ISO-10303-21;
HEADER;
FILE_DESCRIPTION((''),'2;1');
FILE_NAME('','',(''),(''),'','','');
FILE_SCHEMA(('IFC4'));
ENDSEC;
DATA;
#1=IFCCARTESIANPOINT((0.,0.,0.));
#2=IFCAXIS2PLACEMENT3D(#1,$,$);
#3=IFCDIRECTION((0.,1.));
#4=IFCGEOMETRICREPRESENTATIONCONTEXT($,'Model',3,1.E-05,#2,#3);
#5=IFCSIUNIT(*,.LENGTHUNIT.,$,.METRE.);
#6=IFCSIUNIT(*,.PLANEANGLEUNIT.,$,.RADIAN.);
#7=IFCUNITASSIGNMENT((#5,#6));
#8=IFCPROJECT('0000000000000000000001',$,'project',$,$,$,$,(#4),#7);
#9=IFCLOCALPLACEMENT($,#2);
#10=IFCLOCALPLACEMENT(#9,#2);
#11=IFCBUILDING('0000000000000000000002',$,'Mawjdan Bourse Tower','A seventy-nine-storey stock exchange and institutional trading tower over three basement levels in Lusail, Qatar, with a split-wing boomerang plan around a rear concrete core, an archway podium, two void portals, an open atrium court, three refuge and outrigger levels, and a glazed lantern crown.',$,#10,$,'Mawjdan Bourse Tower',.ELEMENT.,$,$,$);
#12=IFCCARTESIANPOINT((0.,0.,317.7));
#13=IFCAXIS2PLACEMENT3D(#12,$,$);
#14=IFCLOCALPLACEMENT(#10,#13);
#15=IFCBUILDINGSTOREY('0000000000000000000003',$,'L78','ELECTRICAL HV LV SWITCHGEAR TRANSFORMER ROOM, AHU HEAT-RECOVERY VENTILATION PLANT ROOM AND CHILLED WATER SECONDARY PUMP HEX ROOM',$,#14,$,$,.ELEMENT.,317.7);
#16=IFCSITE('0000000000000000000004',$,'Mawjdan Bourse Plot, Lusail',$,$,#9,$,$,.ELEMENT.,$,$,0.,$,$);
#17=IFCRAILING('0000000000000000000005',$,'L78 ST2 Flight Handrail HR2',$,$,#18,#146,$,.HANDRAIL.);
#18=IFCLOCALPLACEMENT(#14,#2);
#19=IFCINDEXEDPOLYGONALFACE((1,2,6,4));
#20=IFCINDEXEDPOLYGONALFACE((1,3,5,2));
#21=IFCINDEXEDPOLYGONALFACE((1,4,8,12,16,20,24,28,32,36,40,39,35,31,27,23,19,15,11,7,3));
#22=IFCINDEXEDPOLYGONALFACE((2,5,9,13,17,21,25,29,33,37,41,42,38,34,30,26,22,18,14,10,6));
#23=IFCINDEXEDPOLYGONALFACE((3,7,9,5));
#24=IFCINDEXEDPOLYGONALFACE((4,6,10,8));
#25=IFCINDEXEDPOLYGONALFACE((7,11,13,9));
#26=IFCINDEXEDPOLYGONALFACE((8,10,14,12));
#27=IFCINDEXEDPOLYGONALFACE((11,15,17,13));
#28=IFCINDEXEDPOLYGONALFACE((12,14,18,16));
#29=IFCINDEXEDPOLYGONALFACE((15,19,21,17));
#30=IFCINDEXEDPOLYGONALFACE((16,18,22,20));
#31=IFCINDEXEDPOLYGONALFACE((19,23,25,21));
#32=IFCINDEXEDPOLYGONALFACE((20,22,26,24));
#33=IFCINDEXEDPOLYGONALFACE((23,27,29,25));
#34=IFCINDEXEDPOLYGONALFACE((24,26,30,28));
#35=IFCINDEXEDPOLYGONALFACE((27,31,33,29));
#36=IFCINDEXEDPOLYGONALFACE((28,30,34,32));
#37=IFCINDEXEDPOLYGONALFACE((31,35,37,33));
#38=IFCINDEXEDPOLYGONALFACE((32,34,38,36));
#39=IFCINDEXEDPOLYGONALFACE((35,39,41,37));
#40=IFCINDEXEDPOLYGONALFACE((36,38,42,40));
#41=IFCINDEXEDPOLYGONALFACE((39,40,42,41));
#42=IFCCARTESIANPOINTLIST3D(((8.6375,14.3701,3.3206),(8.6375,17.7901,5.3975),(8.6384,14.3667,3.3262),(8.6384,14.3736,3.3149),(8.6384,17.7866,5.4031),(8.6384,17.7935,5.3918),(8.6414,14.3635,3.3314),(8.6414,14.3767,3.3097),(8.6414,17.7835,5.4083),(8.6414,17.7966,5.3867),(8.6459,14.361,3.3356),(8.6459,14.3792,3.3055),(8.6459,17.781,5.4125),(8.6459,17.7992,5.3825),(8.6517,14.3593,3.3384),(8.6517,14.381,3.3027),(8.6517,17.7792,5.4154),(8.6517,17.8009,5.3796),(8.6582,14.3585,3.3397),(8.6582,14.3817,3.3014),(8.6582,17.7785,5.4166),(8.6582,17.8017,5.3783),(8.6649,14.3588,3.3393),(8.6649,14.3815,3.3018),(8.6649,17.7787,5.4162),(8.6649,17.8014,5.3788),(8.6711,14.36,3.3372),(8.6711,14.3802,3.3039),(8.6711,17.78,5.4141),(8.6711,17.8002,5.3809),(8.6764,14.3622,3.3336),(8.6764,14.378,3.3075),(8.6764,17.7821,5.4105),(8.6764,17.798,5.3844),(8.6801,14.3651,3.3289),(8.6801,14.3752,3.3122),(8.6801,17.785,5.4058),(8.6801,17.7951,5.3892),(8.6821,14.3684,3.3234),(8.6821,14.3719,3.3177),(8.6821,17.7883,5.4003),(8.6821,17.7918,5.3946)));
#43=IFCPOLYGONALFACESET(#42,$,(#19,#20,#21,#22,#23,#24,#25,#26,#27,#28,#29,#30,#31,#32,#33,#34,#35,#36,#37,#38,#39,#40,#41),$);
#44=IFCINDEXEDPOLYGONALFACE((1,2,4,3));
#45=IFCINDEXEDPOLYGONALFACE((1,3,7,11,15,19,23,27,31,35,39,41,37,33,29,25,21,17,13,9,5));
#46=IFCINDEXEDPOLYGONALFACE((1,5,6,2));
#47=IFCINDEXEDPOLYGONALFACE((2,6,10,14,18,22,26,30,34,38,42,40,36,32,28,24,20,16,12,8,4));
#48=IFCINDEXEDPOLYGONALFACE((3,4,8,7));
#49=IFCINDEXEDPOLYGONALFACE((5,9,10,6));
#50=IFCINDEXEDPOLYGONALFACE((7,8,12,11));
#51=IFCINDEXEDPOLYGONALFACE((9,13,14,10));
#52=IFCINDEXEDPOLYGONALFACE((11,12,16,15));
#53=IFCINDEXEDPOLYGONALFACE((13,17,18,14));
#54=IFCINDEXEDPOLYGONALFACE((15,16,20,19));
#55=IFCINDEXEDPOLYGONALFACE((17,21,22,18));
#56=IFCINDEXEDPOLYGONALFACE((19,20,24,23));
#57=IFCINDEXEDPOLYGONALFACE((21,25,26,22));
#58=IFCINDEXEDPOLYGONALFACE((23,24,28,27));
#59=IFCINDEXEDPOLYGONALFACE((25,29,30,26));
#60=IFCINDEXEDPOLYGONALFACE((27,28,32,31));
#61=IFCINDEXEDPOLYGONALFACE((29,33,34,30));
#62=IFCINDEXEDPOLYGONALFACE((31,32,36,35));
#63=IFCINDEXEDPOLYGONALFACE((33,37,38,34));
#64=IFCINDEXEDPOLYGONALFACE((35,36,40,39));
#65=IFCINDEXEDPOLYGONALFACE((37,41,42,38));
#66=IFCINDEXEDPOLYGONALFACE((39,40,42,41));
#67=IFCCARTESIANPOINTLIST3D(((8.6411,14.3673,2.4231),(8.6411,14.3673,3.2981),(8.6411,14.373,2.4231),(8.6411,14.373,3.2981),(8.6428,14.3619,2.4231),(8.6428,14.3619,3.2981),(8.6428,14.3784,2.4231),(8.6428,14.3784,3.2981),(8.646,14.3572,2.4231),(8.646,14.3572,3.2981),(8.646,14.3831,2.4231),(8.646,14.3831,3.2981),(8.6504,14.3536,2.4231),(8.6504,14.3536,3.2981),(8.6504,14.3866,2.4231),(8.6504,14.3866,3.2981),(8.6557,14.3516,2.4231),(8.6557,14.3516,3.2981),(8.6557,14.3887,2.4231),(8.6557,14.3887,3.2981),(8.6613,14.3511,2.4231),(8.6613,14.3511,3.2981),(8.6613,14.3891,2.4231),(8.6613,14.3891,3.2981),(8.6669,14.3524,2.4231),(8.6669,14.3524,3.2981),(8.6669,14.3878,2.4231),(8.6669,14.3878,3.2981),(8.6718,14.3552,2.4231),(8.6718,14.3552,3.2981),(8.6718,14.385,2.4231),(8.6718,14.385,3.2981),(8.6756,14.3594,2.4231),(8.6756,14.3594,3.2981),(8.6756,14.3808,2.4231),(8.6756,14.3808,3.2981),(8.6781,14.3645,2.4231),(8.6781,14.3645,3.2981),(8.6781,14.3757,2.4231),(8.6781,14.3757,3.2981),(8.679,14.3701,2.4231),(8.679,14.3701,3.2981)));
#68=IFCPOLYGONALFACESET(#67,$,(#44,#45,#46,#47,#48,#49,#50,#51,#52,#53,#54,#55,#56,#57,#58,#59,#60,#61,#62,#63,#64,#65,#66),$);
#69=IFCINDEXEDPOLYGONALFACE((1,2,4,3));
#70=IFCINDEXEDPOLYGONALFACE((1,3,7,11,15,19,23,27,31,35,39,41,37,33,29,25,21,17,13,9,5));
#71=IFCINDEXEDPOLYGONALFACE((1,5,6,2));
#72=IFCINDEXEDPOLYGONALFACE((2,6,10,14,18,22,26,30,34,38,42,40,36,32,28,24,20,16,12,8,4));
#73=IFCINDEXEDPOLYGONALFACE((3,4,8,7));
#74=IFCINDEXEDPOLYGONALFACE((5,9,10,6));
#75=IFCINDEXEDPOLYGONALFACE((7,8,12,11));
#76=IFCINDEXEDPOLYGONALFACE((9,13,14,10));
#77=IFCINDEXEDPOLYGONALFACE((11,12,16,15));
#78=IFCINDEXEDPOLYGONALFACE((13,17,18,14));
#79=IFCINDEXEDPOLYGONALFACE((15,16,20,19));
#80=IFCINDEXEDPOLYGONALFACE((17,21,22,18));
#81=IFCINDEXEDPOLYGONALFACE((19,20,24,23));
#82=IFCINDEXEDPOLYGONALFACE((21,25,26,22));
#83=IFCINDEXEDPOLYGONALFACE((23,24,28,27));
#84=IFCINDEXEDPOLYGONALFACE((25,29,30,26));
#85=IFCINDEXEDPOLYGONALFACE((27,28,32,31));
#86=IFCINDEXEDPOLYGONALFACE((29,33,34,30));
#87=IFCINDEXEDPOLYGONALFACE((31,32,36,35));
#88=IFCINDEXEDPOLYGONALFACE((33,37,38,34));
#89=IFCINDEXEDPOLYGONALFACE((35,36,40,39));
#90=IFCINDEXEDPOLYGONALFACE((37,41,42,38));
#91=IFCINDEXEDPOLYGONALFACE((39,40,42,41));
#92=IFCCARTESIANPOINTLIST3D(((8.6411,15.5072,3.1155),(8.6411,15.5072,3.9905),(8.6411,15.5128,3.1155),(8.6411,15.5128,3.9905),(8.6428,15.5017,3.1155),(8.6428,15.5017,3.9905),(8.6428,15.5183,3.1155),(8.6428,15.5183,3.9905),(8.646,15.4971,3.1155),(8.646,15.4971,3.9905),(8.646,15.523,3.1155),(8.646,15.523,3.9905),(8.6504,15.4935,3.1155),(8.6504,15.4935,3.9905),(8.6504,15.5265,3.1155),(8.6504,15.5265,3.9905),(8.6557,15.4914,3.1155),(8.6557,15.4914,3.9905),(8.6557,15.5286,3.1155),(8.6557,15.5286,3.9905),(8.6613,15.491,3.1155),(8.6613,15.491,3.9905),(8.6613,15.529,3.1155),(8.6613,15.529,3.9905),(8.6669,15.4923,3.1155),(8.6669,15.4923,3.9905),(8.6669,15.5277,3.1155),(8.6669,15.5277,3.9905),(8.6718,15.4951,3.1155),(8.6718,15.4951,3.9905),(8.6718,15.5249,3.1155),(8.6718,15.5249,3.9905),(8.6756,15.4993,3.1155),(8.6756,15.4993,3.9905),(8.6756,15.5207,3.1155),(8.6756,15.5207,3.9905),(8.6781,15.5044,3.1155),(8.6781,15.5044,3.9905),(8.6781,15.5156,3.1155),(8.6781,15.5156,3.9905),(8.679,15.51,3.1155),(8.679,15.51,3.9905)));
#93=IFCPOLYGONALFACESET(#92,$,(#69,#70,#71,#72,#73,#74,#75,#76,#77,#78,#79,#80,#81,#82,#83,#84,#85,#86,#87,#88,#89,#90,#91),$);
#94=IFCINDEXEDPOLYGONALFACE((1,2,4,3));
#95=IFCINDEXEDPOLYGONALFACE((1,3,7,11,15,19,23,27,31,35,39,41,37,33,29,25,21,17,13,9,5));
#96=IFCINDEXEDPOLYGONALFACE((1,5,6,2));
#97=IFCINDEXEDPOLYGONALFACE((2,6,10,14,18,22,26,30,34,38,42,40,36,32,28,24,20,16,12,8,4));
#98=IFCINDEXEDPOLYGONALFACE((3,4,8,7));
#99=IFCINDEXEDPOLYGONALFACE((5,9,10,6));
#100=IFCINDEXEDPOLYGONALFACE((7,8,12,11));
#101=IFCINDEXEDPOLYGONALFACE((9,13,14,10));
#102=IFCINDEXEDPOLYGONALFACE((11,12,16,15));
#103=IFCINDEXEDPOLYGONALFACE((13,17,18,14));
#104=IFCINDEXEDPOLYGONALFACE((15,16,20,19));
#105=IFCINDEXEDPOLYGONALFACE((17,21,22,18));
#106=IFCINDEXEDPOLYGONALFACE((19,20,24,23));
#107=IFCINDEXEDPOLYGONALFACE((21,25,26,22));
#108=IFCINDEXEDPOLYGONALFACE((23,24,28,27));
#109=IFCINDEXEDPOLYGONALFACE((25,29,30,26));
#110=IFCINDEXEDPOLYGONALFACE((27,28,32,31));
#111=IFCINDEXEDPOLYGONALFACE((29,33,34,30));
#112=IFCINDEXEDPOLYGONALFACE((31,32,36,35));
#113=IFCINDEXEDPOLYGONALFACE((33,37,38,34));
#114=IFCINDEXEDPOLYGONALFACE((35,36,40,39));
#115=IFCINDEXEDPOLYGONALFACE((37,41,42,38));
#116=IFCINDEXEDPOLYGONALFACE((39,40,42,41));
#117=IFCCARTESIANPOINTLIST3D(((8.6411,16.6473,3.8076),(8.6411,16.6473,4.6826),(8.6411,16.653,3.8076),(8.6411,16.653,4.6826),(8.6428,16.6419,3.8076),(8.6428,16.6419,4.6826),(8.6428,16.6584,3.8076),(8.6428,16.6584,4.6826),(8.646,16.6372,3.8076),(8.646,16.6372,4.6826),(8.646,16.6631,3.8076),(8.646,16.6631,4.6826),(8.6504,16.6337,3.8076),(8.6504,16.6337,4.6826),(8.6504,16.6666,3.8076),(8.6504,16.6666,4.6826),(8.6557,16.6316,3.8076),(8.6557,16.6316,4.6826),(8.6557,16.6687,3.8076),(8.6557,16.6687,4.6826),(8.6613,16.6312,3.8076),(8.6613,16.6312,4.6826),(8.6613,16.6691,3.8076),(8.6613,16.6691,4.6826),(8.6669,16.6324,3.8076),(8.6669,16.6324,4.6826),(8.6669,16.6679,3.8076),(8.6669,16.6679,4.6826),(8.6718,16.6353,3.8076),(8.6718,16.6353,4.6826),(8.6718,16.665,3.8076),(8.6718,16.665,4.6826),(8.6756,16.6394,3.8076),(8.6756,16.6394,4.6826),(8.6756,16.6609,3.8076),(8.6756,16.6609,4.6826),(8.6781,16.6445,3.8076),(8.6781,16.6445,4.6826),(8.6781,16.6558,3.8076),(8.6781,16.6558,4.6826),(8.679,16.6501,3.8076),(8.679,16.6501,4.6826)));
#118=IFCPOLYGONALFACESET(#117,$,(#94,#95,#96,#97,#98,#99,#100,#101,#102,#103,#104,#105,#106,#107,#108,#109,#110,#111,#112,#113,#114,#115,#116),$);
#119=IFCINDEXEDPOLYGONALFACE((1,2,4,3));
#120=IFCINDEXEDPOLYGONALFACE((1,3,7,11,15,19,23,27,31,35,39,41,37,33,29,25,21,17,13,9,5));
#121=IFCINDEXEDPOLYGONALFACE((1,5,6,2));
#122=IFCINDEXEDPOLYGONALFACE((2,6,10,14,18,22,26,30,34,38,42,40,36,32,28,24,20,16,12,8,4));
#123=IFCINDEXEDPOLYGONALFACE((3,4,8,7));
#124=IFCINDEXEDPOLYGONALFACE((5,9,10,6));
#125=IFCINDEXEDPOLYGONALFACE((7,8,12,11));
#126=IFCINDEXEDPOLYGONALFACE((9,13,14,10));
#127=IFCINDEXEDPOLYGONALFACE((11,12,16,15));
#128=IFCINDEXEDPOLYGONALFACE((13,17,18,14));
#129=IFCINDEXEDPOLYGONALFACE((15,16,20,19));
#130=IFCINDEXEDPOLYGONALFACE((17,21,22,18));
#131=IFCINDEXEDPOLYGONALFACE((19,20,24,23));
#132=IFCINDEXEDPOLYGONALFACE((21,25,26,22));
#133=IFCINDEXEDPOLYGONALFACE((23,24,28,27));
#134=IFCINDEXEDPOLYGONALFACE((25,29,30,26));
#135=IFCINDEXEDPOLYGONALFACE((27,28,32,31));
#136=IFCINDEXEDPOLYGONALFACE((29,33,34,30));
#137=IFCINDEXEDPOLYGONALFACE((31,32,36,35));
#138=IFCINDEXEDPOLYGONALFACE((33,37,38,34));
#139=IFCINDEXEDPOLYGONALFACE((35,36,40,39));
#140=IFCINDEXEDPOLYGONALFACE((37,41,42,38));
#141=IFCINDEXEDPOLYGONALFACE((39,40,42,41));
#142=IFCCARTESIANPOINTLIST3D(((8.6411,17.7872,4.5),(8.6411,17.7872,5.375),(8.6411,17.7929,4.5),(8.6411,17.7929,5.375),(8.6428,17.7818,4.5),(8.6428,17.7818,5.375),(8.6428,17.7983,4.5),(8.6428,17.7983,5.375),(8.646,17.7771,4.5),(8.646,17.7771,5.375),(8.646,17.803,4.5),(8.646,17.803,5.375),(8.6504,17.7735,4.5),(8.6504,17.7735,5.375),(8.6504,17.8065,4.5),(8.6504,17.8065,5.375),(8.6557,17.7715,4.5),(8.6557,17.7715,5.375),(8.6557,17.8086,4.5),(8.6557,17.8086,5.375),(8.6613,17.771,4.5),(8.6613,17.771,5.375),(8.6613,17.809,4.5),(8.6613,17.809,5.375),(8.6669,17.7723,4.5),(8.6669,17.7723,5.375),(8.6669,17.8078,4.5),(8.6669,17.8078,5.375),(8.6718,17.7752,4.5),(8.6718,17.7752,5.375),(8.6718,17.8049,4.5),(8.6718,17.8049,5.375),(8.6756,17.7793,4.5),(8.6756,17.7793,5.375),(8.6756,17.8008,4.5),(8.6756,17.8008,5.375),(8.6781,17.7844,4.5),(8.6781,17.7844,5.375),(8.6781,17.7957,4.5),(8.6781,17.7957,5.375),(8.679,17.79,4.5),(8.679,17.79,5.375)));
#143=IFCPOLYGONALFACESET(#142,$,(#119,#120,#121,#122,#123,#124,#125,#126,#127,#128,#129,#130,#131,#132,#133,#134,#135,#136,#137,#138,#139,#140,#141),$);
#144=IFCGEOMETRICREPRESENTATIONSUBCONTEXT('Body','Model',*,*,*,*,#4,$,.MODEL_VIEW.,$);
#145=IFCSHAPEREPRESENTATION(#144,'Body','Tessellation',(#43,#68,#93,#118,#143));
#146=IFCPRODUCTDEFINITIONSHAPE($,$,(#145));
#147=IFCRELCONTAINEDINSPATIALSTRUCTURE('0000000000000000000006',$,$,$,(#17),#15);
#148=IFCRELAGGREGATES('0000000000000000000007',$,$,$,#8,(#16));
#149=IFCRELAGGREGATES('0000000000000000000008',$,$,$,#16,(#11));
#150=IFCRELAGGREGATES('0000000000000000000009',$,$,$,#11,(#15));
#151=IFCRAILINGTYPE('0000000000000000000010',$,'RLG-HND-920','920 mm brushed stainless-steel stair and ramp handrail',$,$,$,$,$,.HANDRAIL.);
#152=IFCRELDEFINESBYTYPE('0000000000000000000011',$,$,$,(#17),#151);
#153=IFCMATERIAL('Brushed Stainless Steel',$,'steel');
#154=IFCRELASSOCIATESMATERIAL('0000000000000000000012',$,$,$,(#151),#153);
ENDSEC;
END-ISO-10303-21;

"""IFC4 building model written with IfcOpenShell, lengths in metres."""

from ifc_helpers import new_model, si_unit, direction, frame, origin, origin_2d, place, context, subcontext, project, spatial, circle, extrude, material, type_object, element, save


model = new_model("IFC4")

# Units and contexts
model_context = context("Model", 3, precision=1e-05, world=origin(), true_north=direction((0.0, 1.0)))
body_context = subcontext(model_context, "Body", "Model", "MODEL_VIEW")
ifc_project = project(units=[si_unit("LENGTHUNIT", "METRE"), si_unit("PLANEANGLEUNIT", "RADIAN")], contexts=[model_context])

# Site, building, storey
site_placement = place(None, origin())
site = spatial("IfcSite", under=ifc_project, at=site_placement, Name="Mawjdan Bourse Plot, Lusail", CompositionType="ELEMENT", RefElevation=0.0)
building_placement = place(site_placement, origin())
building = spatial("IfcBuilding", under=site, at=building_placement, Name="Mawjdan Bourse Tower", Description="A seventy-nine-storey stock exchange and institutional trading tower over three basement levels in Lusail, Qatar, with a split-wing boomerang plan around a rear concrete core, an archway podium, two void portals, an open atrium court, three refuge and outrigger levels, and a glazed lantern crown.", LongName="Mawjdan Bourse Tower", CompositionType="ELEMENT")
storey_placement = place(building_placement, frame((0.0, 0.0, 317.7)))
storey = spatial("IfcBuildingStorey", under=building, at=storey_placement, Name="L78", Description="ELECTRICAL HV LV SWITCHGEAR TRANSFORMER ROOM, AHU HEAT-RECOVERY VENTILATION PLANT ROOM AND CHILLED WATER SECONDARY PUMP HEX ROOM", CompositionType="ELEMENT", Elevation=317.7)

# Railing
ifc_material_1 = material(Name="Brushed Stainless Steel", Category="steel")
railing_type_1 = type_object("IfcRailingType", Name="RLG-HND-920", Description="920 mm brushed stainless-steel stair and ramp handrail", PredefinedType="HANDRAIL", material=ifc_material_1)
railing_1_placement = place(storey_placement, frame((8.6599, 14.3701, 2.4231)))
element("IfcRailing", 1, at=railing_1_placement, inside=storey, type_object=railing_type_1, Name="L78 ST2 Flight Handrail HR2", PredefinedType="HANDRAIL", context=body_context, shape_type="SweptSolid", body=[
    extrude(circle(Radius=0.0225, at=origin_2d()), frame((0.0, 0.0, 0.8975), z_axis=(0.0, 0.85473, 0.519074), x_axis=(-1.0, 0.0, 0.0)), (0.0, 0.0, 1.0), 4.0012),
    extrude(circle(Radius=0.019, at=origin_2d()), origin(), (0.0, 0.0, 1.0), 0.875),
    extrude(circle(Radius=0.019, at=origin_2d()), frame((0.0, 1.1399, 0.6924)), (0.0, 0.0, 1.0), 0.875),
    extrude(circle(Radius=0.019, at=origin_2d()), frame((0.0, 2.28, 1.3845)), (0.0, 0.0, 1.0), 0.875),
    extrude(circle(Radius=0.019, at=origin_2d()), frame((0.0, 3.4199, 2.0769)), (0.0, 0.0, 1.0), 0.875),
])

save(model, "model.ifc")
